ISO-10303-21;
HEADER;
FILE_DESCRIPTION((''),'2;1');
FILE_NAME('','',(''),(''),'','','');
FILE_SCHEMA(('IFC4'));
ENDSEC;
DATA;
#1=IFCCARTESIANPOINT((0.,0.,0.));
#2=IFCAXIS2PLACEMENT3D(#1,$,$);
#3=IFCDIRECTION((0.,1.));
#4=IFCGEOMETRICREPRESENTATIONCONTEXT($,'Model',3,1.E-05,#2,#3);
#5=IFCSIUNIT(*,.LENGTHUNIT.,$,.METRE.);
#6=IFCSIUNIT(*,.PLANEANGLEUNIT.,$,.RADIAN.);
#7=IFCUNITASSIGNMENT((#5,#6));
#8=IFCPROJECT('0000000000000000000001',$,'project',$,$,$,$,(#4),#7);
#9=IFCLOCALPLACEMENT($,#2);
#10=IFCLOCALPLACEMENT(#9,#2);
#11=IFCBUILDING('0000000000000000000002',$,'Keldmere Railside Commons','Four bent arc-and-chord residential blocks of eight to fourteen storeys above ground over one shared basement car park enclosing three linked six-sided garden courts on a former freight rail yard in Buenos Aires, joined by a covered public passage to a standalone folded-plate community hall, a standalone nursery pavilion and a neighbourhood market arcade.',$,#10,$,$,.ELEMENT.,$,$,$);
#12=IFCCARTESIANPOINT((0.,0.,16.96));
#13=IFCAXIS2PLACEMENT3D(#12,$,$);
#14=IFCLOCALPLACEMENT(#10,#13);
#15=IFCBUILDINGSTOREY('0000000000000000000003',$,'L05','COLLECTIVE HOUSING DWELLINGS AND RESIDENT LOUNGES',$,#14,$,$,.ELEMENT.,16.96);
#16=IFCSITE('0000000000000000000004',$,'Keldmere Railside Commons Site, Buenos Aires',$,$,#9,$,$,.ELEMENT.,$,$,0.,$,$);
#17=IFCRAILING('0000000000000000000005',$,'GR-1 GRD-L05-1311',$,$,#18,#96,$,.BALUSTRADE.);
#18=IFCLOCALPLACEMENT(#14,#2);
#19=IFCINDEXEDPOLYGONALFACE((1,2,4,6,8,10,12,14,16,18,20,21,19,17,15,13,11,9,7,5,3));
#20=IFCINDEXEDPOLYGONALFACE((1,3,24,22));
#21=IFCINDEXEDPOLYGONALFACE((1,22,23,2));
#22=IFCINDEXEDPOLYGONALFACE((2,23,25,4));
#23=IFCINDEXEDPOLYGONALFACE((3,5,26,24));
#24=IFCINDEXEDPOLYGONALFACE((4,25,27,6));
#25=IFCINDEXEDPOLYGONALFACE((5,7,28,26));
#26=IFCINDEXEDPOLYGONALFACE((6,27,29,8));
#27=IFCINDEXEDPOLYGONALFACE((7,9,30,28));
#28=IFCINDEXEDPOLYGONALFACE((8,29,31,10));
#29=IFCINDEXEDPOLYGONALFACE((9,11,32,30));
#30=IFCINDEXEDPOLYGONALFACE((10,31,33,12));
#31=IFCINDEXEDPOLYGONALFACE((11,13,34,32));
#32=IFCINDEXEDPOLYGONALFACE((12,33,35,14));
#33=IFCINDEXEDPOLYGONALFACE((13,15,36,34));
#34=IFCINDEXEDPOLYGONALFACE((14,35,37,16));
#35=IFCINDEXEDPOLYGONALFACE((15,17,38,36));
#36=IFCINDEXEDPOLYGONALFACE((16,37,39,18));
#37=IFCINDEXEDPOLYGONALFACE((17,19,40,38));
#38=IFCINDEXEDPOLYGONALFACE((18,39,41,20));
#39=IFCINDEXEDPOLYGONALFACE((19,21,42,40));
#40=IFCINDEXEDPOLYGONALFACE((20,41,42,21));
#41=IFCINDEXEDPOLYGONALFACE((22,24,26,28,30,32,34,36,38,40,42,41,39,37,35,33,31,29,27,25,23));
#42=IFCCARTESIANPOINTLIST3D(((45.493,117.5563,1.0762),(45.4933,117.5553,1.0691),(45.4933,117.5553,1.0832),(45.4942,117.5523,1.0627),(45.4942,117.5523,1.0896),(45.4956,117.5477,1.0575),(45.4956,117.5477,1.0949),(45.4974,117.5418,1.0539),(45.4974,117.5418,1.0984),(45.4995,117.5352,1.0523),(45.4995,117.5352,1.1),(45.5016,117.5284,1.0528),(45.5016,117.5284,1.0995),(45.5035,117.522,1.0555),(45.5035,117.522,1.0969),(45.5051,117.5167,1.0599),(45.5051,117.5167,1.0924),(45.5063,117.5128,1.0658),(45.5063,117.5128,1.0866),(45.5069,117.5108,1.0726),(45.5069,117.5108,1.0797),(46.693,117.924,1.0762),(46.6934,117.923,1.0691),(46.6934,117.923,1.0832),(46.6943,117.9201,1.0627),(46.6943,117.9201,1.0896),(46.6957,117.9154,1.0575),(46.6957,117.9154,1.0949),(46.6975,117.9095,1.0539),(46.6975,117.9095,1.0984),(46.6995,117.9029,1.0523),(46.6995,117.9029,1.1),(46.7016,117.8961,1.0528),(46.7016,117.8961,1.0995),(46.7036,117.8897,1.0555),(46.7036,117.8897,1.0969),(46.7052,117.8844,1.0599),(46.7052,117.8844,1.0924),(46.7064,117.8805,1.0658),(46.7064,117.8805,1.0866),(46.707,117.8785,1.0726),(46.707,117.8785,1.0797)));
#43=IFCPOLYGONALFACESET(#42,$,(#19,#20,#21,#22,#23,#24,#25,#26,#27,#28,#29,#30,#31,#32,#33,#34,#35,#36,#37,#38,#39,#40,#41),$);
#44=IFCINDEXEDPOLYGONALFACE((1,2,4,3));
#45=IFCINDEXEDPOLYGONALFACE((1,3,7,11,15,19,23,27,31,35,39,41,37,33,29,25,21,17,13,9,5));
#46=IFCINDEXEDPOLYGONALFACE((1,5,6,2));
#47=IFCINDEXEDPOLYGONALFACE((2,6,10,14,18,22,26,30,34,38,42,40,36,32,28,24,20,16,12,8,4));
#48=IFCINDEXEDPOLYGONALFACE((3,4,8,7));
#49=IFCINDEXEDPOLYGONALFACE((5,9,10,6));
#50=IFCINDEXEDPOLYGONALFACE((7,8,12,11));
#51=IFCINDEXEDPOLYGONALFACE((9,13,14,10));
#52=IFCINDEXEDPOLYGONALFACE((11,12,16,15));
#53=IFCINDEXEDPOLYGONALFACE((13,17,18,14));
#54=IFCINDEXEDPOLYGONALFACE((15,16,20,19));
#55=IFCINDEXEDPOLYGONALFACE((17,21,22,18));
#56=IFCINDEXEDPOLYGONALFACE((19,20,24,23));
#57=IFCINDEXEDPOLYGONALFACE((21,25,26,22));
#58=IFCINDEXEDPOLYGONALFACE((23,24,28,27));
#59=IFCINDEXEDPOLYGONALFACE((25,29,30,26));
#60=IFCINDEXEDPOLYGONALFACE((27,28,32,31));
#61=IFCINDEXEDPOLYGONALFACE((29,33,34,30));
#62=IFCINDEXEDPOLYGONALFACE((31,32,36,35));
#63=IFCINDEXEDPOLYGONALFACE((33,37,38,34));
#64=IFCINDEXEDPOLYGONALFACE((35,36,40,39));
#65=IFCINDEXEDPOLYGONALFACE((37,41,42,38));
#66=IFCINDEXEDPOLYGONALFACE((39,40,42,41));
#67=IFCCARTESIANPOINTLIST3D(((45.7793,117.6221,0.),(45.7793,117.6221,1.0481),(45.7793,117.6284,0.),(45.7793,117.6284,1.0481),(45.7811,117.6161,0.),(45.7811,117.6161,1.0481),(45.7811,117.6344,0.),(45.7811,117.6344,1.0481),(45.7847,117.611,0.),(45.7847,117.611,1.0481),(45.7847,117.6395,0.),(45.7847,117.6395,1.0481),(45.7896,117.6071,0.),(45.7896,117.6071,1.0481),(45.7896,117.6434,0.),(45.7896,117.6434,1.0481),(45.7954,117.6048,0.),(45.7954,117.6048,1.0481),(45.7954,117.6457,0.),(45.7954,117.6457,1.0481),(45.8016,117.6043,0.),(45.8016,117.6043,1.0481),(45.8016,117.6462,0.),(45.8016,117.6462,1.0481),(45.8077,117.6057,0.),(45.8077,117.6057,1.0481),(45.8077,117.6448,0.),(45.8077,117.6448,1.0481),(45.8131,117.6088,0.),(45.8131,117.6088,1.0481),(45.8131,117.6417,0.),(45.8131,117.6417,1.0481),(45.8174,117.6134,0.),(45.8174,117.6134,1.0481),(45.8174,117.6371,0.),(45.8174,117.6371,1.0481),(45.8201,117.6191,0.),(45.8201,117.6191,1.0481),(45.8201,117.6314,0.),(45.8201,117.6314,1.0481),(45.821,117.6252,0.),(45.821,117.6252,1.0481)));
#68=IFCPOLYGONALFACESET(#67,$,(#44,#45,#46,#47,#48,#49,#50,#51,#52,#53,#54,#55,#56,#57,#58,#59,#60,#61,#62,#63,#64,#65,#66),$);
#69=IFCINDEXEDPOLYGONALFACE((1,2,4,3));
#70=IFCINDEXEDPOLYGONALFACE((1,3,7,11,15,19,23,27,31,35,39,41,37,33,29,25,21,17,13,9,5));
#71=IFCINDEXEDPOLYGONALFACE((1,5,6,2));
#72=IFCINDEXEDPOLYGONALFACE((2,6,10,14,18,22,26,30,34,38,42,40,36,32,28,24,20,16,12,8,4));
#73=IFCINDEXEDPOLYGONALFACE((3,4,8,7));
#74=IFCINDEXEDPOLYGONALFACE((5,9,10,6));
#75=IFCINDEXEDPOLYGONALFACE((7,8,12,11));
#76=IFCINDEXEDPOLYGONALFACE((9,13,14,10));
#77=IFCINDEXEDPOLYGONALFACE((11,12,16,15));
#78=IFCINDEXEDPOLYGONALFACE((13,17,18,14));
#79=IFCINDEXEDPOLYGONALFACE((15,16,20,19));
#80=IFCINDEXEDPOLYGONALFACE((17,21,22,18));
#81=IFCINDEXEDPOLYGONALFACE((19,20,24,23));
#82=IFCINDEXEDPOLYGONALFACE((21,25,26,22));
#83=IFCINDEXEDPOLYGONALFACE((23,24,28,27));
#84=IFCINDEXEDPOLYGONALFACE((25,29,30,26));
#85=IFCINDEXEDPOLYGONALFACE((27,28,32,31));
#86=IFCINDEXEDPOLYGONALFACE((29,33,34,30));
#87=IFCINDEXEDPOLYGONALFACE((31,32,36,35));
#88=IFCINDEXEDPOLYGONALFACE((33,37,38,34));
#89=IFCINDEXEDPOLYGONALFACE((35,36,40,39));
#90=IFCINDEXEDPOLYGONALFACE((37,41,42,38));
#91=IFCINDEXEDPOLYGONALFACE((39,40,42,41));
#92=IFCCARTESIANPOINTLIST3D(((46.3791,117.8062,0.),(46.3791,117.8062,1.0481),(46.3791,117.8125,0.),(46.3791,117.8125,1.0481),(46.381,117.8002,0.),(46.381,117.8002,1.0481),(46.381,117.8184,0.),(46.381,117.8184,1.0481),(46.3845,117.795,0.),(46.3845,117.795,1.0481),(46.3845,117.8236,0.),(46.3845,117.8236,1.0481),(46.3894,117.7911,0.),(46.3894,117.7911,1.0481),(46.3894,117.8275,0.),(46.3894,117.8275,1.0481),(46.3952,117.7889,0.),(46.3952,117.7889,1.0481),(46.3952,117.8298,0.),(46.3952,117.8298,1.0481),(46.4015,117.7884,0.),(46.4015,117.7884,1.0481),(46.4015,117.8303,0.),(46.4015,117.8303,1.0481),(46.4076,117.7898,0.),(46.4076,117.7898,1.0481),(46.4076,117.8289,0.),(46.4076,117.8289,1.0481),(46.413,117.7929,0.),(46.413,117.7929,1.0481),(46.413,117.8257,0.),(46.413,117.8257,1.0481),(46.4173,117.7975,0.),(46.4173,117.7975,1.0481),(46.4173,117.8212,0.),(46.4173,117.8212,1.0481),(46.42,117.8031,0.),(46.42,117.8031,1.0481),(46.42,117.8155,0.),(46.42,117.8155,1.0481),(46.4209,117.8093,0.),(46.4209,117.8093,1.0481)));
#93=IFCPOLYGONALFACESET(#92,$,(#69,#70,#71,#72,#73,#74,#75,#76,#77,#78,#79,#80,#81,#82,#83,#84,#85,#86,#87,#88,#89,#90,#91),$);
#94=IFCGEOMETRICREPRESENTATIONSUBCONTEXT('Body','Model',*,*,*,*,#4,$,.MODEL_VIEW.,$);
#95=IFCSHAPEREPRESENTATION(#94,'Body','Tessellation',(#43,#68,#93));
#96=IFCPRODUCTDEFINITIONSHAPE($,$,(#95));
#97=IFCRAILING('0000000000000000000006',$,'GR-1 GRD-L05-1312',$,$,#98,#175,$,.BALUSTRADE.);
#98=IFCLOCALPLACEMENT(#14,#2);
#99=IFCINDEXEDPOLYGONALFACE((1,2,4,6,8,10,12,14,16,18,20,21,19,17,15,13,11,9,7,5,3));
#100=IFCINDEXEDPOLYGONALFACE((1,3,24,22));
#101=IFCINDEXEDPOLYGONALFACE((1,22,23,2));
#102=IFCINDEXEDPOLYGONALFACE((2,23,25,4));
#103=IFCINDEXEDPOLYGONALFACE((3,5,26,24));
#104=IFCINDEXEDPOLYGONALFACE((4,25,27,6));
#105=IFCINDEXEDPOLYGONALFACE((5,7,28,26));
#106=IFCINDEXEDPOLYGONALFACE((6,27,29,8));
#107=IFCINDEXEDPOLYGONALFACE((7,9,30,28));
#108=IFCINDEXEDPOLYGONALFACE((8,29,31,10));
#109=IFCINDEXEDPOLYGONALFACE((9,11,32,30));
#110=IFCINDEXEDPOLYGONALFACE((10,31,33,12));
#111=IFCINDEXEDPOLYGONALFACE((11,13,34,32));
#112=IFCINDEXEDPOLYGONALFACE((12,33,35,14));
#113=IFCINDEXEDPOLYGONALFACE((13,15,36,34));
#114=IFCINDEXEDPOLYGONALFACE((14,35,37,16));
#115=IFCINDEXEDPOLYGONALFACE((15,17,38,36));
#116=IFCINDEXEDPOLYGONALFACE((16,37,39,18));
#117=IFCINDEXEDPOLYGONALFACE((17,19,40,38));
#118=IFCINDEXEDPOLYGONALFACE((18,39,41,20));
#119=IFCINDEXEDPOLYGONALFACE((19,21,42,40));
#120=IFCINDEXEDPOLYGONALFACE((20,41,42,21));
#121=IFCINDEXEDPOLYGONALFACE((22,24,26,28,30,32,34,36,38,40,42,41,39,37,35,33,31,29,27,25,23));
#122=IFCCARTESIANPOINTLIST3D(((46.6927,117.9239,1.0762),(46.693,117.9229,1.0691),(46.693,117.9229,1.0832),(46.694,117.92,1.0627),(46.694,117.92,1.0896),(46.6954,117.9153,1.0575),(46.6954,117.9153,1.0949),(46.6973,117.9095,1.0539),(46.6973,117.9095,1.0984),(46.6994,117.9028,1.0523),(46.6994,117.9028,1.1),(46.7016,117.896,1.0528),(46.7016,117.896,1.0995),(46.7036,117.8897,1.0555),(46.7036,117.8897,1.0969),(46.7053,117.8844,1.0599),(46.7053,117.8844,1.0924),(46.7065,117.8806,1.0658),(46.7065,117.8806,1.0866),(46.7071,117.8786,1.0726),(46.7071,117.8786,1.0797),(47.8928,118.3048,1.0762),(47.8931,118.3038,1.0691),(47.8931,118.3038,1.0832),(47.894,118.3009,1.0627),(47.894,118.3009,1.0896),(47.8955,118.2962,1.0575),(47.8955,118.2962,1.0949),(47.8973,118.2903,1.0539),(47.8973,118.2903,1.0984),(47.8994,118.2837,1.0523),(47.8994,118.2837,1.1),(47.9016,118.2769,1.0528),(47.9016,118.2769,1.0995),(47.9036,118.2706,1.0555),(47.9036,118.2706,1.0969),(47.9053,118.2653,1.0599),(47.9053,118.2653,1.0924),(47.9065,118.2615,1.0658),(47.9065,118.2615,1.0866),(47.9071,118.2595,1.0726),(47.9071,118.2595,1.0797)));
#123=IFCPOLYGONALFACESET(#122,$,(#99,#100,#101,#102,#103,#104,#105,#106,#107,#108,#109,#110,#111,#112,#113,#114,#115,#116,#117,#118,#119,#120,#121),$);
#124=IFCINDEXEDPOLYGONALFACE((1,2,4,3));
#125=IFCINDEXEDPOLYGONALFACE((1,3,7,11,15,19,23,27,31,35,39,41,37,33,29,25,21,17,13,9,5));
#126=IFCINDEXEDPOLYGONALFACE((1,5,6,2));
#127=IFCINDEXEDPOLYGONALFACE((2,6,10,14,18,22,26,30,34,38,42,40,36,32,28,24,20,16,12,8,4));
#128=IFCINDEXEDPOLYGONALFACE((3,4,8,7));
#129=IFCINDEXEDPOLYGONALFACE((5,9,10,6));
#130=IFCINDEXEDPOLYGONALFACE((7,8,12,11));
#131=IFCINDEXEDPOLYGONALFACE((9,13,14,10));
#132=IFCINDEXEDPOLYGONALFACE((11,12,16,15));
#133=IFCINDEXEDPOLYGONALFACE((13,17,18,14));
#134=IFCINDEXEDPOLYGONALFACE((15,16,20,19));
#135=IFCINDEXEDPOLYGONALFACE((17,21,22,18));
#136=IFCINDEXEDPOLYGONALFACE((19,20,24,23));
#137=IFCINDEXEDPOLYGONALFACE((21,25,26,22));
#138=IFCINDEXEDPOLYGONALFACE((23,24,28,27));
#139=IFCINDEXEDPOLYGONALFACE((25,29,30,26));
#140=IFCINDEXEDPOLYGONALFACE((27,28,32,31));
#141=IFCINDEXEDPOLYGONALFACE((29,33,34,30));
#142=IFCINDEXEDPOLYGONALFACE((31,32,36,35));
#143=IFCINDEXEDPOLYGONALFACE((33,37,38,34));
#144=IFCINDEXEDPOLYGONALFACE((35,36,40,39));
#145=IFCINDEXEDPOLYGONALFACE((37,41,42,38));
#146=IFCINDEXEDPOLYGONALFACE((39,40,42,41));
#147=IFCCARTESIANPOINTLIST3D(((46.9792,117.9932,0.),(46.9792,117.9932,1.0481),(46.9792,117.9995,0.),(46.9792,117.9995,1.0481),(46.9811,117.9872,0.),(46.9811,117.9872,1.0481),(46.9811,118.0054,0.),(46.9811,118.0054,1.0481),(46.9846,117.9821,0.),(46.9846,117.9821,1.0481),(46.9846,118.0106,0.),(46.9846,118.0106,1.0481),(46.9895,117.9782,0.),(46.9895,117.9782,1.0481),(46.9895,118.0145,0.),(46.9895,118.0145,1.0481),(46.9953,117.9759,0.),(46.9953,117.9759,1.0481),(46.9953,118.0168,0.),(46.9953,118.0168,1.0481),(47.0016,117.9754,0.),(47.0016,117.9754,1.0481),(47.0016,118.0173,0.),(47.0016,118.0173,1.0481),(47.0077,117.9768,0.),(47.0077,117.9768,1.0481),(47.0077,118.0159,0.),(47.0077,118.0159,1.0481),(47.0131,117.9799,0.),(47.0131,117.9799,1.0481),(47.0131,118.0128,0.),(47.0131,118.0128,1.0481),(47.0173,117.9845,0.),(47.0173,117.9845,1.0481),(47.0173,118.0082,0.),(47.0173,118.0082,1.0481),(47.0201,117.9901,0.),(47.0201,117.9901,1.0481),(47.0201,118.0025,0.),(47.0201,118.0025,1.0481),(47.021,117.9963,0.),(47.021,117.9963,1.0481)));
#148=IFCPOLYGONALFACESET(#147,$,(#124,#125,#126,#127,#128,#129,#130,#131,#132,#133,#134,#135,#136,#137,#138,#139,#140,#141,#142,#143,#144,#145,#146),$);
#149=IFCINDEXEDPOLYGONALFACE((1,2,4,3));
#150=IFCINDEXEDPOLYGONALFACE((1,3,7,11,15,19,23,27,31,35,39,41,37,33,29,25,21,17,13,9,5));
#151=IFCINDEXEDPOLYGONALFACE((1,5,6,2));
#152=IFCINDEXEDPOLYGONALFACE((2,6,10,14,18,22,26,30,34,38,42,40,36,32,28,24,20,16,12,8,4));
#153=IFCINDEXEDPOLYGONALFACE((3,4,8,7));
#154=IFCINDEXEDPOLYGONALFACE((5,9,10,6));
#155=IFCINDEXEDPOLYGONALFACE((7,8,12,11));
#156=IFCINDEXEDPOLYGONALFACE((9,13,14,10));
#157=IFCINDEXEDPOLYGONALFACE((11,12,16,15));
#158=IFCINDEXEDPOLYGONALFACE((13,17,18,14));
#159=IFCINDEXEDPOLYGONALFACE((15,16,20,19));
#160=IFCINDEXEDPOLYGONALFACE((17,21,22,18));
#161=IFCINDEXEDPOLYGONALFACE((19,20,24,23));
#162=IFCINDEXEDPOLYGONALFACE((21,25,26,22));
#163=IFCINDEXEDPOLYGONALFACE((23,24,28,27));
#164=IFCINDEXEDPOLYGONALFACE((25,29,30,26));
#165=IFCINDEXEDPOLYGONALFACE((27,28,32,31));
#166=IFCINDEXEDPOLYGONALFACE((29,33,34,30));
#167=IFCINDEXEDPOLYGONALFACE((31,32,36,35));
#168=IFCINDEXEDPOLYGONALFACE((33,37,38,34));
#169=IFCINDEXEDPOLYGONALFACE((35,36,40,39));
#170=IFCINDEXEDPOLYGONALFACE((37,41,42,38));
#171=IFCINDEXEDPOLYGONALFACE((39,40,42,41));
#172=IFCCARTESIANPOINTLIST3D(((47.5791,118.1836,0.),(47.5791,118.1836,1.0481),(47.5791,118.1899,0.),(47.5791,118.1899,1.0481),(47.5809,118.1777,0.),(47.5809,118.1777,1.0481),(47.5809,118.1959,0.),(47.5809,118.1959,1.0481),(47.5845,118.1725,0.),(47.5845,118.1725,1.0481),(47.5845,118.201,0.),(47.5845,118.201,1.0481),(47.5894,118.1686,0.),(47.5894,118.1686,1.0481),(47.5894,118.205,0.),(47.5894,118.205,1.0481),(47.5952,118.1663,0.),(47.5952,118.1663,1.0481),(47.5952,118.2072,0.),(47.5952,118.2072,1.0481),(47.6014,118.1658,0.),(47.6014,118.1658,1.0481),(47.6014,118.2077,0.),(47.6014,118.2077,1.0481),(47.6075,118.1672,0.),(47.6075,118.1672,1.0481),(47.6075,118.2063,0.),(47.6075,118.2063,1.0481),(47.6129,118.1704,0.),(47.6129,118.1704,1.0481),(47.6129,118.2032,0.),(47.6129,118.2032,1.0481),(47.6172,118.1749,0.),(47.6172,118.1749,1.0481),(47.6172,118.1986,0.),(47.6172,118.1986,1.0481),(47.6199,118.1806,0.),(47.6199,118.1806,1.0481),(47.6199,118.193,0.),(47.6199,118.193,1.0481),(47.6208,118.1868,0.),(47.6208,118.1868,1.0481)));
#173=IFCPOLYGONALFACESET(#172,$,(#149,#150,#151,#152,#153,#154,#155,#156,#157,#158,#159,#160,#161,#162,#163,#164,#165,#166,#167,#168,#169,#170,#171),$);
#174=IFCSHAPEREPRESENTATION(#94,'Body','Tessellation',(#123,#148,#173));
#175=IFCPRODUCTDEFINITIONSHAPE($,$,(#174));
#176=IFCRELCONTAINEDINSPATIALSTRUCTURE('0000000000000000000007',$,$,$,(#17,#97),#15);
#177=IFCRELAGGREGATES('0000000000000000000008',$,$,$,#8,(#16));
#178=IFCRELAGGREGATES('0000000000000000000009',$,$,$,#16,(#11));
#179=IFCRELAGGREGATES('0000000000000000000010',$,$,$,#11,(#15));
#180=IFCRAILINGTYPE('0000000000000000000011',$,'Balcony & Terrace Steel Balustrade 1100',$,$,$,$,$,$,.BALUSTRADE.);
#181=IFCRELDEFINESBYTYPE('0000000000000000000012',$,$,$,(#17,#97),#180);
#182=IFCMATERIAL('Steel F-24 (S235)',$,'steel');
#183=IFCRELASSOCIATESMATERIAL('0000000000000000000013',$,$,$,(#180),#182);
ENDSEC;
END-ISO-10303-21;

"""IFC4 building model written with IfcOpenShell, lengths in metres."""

from ifc_helpers import new_model, si_unit, direction, frame, origin, origin_2d, place, context, subcontext, project, spatial, circle, extrude, material, type_object, element, save


model = new_model("IFC4")

# Units and contexts
model_context = context("Model", 3, precision=1e-05, world=origin(), true_north=direction((0.0, 1.0)))
body_context = subcontext(model_context, "Body", "Model", "MODEL_VIEW")
ifc_project = project(units=[si_unit("LENGTHUNIT", "METRE"), si_unit("PLANEANGLEUNIT", "RADIAN")], contexts=[model_context])

# Site, building, storey
site_placement = place(None, origin())
site = spatial("IfcSite", under=ifc_project, at=site_placement, Name="Keldmere Railside Commons Site, Buenos Aires", CompositionType="ELEMENT", RefElevation=0.0)
building_placement = place(site_placement, origin())
building = spatial("IfcBuilding", under=site, at=building_placement, Name="Keldmere Railside Commons", Description="Four bent arc-and-chord residential blocks of eight to fourteen storeys above ground over one shared basement car park enclosing three linked six-sided garden courts on a former freight rail yard in Buenos Aires, joined by a covered public passage to a standalone folded-plate community hall, a standalone nursery pavilion and a neighbourhood market arcade.", CompositionType="ELEMENT")
storey_placement = place(building_placement, frame((0.0, 0.0, 16.96)))
storey = spatial("IfcBuildingStorey", under=building, at=storey_placement, Name="L05", Description="COLLECTIVE HOUSING DWELLINGS AND RESIDENT LOUNGES", CompositionType="ELEMENT", Elevation=16.96)

# Railings
ifc_material_1 = material(Name="Steel F-24 (S235)", Category="steel")
railing_type = type_object("IfcRailingType", Name="Balcony & Terrace Steel Balustrade 1100", PredefinedType="BALUSTRADE", material=ifc_material_1)
railing_1_placement = place(storey_placement, frame((45.5, 117.5334, 0.0)))
element("IfcRailing", 1, at=railing_1_placement, inside=storey, type_object=railing_type, Name="GR-1 GRD-L05-1311", PredefinedType="BALUSTRADE", context=body_context, shape_type="SweptSolid", body=[
    extrude(circle(Radius=0.0239, at=origin_2d()), frame((0.0, 0.0, 1.0762), z_axis=(0.956123, 0.292965, 0.0), x_axis=(-0.292965, 0.956123, 0.0)), (0.0, 0.0, 1.0), 1.2551),
    extrude(circle(Radius=0.021, at=origin_2d()), frame((0.3, 0.0918, 0.0)), (0.0, 0.0, 1.0), 1.0481),
    extrude(circle(Radius=0.021, at=origin_2d()), frame((0.8999, 0.2759, 0.0)), (0.0, 0.0, 1.0), 1.0481),
])
railing_2_placement = place(storey_placement, frame((46.7, 117.9011, 0.0)))
element("IfcRailing", 2, at=railing_2_placement, inside=storey, type_object=railing_type, Name="GR-1 GRD-L05-1312", PredefinedType="BALUSTRADE", context=body_context, shape_type="SweptSolid", body=[
    extrude(circle(Radius=0.0239, at=origin_2d()), frame((0.0, 0.0, 1.0762), z_axis=(0.953142, 0.302523, 0.0), x_axis=(-0.302523, 0.953142, 0.0)), (0.0, 0.0, 1.0), 1.259),
    extrude(circle(Radius=0.021, at=origin_2d()), frame((0.3, 0.0952, 0.0)), (0.0, 0.0, 1.0), 1.0481),
    extrude(circle(Radius=0.021, at=origin_2d()), frame((0.8999, 0.2856, 0.0)), (0.0, 0.0, 1.0), 1.0481),
])

save(model, "model.ifc")
